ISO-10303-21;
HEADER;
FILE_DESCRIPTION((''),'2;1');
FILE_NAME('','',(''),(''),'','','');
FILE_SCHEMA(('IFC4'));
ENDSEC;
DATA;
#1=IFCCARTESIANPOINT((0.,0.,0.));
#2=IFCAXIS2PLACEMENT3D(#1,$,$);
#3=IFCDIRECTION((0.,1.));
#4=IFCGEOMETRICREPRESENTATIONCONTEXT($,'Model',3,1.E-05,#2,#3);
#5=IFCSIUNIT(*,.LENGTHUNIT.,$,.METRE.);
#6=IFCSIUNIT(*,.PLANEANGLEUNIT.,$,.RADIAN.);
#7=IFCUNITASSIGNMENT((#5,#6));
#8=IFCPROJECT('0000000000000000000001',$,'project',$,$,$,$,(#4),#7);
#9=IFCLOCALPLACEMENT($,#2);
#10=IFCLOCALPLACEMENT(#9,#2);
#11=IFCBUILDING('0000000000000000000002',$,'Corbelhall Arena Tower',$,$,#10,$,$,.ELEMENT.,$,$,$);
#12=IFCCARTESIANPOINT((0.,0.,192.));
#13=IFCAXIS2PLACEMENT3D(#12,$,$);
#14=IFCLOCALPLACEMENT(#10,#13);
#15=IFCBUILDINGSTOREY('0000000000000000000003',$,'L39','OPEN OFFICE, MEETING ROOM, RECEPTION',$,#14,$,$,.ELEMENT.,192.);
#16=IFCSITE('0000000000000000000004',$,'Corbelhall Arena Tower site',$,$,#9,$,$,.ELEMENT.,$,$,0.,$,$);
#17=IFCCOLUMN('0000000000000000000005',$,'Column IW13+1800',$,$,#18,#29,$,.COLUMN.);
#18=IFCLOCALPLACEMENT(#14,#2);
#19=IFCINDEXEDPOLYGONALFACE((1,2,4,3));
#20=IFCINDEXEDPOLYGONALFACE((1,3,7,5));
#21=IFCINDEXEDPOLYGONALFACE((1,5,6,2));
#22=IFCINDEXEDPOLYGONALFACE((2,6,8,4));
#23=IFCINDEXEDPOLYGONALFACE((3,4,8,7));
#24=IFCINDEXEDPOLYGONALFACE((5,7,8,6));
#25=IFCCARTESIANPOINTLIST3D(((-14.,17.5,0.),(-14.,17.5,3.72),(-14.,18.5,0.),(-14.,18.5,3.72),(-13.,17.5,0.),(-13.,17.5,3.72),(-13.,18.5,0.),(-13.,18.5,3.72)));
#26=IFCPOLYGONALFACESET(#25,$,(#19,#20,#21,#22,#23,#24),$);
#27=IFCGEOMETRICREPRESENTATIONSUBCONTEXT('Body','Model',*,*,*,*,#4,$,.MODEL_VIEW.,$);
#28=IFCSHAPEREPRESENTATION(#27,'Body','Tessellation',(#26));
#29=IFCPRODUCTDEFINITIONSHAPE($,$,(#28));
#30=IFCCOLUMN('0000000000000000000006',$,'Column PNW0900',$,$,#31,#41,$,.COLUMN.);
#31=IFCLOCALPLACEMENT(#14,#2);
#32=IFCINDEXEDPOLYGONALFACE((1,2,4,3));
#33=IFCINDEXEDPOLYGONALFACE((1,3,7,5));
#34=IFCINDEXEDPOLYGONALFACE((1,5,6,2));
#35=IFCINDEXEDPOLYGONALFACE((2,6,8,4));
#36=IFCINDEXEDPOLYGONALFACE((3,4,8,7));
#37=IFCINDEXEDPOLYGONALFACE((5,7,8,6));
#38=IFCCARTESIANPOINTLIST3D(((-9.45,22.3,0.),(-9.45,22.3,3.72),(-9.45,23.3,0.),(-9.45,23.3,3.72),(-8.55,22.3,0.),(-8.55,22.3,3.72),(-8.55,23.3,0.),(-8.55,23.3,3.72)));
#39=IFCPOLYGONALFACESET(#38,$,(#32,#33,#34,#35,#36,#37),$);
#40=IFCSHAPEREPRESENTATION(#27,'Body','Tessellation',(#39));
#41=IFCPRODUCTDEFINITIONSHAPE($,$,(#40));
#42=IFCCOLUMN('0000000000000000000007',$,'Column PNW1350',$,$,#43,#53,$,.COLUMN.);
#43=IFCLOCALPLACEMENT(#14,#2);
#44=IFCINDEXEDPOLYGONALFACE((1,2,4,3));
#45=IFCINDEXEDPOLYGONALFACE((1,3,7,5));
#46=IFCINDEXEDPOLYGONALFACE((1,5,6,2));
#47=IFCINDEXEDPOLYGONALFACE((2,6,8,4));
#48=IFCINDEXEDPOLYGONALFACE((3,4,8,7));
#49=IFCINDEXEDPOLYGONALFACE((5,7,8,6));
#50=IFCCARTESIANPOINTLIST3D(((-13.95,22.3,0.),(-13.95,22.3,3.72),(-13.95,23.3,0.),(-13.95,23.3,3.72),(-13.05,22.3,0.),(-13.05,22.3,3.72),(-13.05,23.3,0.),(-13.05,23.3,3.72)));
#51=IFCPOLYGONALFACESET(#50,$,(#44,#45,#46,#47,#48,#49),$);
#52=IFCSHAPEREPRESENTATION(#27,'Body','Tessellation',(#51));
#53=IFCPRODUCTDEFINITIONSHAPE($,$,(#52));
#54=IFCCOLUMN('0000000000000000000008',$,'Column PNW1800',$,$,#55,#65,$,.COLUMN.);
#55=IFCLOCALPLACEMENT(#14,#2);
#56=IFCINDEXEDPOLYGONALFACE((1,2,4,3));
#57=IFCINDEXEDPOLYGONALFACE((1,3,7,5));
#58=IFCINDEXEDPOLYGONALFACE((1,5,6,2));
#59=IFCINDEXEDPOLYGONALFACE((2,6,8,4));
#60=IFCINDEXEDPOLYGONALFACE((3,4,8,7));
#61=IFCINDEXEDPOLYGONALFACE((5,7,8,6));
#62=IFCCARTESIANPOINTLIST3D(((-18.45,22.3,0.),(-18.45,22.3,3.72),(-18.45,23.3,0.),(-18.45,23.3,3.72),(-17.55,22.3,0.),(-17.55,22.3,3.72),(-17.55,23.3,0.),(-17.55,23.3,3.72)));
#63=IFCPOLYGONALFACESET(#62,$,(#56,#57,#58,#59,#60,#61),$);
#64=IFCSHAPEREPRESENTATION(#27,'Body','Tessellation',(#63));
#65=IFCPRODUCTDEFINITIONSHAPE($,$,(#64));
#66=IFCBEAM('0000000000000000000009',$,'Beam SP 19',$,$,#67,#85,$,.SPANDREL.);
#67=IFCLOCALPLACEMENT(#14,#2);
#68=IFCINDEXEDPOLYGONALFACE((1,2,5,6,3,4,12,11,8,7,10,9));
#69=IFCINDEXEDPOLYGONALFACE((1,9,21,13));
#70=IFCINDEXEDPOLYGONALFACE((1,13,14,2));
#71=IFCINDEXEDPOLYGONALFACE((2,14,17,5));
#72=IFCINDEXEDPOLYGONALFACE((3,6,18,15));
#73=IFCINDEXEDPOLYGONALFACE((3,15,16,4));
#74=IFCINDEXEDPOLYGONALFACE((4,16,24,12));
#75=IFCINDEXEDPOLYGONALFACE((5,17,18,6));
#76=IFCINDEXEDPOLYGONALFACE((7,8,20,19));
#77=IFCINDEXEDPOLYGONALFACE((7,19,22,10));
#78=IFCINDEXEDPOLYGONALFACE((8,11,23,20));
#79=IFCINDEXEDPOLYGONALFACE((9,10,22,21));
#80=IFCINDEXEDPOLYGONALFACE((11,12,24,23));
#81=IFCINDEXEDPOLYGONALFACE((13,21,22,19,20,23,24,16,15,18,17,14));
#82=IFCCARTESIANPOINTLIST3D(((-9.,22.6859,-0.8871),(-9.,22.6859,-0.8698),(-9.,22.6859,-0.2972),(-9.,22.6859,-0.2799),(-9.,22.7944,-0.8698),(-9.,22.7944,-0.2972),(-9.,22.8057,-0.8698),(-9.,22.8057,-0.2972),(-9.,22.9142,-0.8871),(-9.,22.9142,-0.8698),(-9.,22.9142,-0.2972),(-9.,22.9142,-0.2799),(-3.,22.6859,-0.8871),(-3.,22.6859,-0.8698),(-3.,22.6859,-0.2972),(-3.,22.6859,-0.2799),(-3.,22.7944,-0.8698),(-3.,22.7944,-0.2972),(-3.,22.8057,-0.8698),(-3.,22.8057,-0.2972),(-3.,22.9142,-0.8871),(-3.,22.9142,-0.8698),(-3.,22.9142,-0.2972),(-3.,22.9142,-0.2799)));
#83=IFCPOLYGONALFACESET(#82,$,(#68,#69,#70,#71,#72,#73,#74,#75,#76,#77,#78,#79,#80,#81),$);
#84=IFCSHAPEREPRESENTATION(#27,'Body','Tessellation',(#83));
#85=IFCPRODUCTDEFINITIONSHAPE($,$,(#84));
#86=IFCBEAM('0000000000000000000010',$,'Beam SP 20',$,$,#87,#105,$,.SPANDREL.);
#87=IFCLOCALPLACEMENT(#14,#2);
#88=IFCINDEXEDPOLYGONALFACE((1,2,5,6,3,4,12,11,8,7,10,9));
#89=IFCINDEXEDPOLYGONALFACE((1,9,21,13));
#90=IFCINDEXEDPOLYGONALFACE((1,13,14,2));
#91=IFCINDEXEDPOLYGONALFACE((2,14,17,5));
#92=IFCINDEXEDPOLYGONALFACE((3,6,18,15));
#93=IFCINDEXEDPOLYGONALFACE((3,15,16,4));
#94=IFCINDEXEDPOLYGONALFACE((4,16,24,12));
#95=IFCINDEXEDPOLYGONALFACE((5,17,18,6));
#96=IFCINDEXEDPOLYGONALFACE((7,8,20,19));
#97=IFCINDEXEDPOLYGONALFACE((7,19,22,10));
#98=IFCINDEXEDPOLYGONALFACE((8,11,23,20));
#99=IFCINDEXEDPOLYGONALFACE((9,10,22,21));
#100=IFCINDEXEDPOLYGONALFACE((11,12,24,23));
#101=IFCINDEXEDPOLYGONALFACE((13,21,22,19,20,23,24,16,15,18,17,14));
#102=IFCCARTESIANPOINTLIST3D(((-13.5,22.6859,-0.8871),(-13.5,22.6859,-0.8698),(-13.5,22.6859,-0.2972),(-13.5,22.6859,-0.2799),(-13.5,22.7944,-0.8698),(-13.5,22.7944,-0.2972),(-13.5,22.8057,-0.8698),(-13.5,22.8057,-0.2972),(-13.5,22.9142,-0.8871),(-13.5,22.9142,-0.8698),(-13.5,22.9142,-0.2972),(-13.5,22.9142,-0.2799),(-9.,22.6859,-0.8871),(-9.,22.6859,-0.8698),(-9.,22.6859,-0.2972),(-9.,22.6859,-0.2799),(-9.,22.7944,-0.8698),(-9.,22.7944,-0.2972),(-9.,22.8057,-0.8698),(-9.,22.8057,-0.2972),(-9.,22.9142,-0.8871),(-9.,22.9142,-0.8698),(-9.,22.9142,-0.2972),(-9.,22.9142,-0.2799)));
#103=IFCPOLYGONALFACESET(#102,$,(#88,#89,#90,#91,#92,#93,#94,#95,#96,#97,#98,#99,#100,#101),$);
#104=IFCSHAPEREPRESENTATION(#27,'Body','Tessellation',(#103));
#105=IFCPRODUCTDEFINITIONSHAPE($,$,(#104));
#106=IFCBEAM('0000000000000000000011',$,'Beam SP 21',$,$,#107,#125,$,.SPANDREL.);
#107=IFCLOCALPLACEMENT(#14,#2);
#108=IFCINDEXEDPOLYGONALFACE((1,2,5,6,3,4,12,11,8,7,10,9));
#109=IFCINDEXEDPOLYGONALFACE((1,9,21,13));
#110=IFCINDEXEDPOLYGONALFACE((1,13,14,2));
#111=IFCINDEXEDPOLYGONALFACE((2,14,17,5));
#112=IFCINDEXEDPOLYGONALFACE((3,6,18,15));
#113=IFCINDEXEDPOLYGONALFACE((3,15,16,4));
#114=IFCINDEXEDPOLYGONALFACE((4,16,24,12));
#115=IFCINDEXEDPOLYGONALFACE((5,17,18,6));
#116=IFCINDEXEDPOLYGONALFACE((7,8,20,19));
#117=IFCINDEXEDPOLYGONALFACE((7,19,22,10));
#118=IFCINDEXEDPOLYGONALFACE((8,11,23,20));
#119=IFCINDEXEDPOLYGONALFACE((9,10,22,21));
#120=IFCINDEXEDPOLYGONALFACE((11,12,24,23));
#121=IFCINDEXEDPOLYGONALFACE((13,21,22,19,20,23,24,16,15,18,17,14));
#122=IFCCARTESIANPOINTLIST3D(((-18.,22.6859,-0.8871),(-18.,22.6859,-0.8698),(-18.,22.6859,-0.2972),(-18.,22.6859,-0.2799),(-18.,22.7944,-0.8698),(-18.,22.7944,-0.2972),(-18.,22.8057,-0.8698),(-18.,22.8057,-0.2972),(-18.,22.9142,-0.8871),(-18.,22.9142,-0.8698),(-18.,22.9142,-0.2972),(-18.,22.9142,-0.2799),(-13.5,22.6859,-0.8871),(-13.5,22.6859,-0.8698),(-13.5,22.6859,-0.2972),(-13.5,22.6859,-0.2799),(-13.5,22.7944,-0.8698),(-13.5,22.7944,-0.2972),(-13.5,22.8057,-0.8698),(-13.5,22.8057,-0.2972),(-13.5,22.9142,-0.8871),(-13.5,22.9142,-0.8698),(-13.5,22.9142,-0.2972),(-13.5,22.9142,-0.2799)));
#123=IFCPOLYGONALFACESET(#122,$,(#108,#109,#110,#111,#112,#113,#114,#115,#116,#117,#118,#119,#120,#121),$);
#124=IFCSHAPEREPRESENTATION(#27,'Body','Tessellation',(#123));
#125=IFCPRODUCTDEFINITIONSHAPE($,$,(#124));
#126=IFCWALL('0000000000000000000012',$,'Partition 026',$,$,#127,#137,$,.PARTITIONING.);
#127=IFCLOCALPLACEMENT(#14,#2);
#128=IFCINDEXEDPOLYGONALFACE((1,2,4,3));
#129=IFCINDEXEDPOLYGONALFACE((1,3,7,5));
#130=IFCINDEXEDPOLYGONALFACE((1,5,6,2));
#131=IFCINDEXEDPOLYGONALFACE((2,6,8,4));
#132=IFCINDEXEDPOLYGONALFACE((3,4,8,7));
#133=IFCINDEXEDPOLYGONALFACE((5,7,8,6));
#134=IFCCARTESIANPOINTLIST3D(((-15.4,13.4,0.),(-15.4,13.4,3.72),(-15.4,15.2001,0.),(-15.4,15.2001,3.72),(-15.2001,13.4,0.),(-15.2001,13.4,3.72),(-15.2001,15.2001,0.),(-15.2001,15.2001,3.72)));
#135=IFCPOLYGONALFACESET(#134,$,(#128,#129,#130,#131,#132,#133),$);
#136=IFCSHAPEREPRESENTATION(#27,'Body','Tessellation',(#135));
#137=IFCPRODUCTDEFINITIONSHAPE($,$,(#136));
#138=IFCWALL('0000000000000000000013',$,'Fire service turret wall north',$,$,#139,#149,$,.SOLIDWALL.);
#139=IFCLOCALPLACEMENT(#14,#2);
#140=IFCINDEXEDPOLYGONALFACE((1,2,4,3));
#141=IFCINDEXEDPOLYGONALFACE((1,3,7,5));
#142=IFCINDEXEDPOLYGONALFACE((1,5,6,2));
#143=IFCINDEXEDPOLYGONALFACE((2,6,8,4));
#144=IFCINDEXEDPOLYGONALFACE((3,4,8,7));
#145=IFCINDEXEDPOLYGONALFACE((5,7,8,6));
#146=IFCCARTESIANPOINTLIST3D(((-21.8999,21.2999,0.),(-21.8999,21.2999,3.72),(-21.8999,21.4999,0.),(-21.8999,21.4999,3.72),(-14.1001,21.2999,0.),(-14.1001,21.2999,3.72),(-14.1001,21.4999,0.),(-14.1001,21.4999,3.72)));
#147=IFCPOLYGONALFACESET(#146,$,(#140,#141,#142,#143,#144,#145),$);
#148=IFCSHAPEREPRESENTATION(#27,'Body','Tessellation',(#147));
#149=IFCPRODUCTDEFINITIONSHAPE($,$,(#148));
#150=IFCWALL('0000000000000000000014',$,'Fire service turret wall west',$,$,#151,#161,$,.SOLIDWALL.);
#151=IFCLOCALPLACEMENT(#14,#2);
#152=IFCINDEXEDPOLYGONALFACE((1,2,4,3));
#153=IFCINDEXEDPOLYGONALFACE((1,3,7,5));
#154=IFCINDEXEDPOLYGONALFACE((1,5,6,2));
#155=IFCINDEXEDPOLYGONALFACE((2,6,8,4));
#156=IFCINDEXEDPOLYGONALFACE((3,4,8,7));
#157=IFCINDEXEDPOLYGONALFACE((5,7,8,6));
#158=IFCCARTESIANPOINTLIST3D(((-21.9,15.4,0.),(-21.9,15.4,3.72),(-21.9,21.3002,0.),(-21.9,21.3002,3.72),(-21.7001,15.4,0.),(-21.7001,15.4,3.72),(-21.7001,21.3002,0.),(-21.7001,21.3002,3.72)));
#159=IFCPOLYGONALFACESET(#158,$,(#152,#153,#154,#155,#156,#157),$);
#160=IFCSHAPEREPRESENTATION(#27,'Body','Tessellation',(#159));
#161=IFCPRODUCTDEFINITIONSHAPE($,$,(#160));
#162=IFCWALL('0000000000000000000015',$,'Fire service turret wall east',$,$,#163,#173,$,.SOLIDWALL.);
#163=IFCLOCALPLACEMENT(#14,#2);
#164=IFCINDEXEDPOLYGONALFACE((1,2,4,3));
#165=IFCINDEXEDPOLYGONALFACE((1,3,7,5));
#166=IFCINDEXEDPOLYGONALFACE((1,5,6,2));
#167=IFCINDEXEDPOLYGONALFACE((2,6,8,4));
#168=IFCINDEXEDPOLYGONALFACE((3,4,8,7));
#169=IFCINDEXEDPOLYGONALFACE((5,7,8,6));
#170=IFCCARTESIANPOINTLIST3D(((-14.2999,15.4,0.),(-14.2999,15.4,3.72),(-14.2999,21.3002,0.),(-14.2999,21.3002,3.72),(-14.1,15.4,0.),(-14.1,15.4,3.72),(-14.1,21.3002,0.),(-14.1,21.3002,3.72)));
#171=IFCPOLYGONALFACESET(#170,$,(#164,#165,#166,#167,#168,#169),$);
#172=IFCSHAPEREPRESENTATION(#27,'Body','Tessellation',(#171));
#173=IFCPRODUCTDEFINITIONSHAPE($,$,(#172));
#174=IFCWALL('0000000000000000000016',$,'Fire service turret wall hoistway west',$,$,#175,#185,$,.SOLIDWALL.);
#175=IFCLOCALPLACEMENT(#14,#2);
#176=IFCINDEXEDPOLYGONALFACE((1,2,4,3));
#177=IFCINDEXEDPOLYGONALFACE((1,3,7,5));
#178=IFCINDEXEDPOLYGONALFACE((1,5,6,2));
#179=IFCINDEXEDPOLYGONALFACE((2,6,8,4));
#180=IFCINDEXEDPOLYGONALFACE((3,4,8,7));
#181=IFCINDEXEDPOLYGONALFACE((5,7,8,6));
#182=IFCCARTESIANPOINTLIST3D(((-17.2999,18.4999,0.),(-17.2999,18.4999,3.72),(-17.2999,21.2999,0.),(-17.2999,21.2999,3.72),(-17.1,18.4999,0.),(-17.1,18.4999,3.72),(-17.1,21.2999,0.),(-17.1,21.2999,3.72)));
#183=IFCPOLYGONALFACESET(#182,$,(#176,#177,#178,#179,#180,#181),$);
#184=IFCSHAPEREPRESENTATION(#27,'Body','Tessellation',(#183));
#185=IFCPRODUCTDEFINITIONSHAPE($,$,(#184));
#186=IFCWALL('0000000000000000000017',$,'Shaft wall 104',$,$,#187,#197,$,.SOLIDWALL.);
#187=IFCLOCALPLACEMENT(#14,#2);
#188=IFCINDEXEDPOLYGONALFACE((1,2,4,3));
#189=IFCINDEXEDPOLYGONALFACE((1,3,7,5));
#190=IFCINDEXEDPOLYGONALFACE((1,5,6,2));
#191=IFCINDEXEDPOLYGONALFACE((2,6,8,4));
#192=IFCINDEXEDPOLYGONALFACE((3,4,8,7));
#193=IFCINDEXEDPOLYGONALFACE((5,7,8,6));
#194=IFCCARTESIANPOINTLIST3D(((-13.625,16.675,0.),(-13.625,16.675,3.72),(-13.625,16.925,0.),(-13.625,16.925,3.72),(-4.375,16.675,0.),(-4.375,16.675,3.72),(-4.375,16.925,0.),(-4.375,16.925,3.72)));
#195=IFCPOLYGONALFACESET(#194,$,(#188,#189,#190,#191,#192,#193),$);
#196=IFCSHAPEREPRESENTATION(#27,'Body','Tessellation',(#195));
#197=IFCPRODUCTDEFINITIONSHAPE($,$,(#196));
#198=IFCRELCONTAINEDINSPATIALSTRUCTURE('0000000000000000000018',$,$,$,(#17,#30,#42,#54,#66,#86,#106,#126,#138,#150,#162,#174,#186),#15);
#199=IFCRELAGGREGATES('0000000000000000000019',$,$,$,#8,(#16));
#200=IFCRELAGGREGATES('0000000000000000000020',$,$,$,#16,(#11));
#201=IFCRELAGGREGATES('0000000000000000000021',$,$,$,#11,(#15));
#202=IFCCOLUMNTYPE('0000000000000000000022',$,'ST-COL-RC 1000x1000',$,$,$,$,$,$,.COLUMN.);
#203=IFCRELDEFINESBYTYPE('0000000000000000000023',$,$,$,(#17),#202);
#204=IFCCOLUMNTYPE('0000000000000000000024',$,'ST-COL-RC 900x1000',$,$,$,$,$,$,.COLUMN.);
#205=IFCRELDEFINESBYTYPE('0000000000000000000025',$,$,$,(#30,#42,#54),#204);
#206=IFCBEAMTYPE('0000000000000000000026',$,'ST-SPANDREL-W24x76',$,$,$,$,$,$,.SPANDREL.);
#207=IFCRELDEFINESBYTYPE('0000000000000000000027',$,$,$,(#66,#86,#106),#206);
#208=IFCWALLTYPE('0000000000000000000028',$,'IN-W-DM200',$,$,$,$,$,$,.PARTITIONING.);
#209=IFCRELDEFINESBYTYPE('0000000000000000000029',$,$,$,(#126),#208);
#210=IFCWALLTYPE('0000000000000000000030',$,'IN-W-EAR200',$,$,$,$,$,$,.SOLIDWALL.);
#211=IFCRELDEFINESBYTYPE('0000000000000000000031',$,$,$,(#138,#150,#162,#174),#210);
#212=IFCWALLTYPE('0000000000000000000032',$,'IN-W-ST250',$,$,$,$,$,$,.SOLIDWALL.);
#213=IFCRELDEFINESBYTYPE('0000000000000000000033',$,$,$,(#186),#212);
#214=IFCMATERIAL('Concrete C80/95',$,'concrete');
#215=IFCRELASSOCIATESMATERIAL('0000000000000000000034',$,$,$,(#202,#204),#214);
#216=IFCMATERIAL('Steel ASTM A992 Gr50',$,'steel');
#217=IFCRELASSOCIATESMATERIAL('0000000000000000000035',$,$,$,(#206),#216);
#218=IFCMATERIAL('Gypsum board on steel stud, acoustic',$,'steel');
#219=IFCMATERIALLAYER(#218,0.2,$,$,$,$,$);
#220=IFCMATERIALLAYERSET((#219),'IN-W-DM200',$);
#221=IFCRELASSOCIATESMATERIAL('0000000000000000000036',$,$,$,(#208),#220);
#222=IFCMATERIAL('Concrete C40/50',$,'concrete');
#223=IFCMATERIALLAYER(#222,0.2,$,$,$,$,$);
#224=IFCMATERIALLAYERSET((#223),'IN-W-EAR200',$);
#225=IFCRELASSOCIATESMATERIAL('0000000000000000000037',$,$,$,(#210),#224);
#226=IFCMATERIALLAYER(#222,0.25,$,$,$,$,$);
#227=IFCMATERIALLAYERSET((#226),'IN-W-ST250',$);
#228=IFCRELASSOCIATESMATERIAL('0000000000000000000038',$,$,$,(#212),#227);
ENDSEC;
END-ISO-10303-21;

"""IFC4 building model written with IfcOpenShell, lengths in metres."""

from ifc_helpers import new_model, si_unit, direction, frame, frame_2d, origin, origin_2d, place, context, subcontext, project, spatial, rectangle, i_section, extrude, material, layer, layer_set, material_profile, profile_set, type_object, element, save


model = new_model("IFC4")

# Units and contexts
model_context = context("Model", 3, precision=1e-05, world=origin(), true_north=direction((0.0, 1.0)))
body_context = subcontext(model_context, "Body", "Model", "MODEL_VIEW")
ifc_project = project(units=[si_unit("LENGTHUNIT", "METRE"), si_unit("PLANEANGLEUNIT", "RADIAN")], contexts=[model_context])

# Site, building, storey
site_placement = place(None, origin())
site = spatial("IfcSite", under=ifc_project, at=site_placement, Name="Corbelhall Arena Tower site", CompositionType="ELEMENT", RefElevation=0.0)
building_placement = place(site_placement, origin())
building = spatial("IfcBuilding", under=site, at=building_placement, Name="Corbelhall Arena Tower", CompositionType="ELEMENT")
storey_placement = place(building_placement, frame((0.0, 0.0, 192.0)))
storey = spatial("IfcBuildingStorey", under=building, at=storey_placement, Name="L39", Description="OPEN OFFICE, MEETING ROOM, RECEPTION", CompositionType="ELEMENT", Elevation=192.0)

# Columns
ifc_material_1 = material(Name="Concrete C80/95", Category="concrete")
ifc_material_profile_1 = material_profile(ifc_material_1, rectangle(XDim=1.0, YDim=1.0, at=origin_2d()))
ifc_profile_set_1 = profile_set([ifc_material_profile_1], Name="Concrete C80/95")
column_type_1 = type_object("IfcColumnType", Name="ST-COL-RC 1000x1000", PredefinedType="COLUMN", material=ifc_profile_set_1)
column_placement = place(storey_placement, frame((-13.5, 18.0, 0.0), z_axis=(0.0, 0.0, 1.0), x_axis=(1.0, 0.0, 0.0)))
element("IfcColumn", 1, at=column_placement, inside=storey, type_object=column_type_1, Name="Column IW13+1800", PredefinedType="COLUMN", context=body_context, shape_type="SweptSolid", body=[
    extrude(rectangle(XDim=1.0, YDim=1.0, at=origin_2d()), origin(), (0.0, 0.0, 1.0), 3.72),
])
ifc_material_profile_2 = material_profile(ifc_material_1, rectangle(XDim=0.8999, YDim=1.0, at=origin_2d()))
ifc_profile_set_2 = profile_set([ifc_material_profile_2], Name="Concrete C80/95")
column_type_2 = type_object("IfcColumnType", Name="ST-COL-RC 900x1000", PredefinedType="COLUMN", material=ifc_profile_set_2)
for number, where, z_axis, x_axis, name in (
    (2, (-9.0, 22.8, 0.0), (0.0, 0.0, 1.0), (1.0, 0.0, 0.0), "Column PNW0900"),
    (3, (-13.5, 22.8, 0.0), (0.0, 0.0, 1.0), (1.0, 0.0, 0.0), "Column PNW1350"),
    (4, (-18.0, 22.8, 0.0), (0.0, 0.0, 1.0), (1.0, 0.0, 0.0), "Column PNW1800"),
):
    element("IfcColumn", number, at=place(storey_placement, frame(where, z_axis=z_axis, x_axis=x_axis)), inside=storey, type_object=column_type_2, Name=name, PredefinedType="COLUMN", context=body_context, shape_type="SweptSolid", body=[
        extrude(rectangle(XDim=0.8999, YDim=1.0, at=origin_2d()), origin(), (0.0, 0.0, 1.0), 3.72),
    ])

# Beams
ifc_material_2 = material(Name="Steel ASTM A992 Gr50", Category="steel")
ifc_material_profile_3 = material_profile(ifc_material_2, i_section(OverallWidth=0.2283, OverallDepth=0.6072, WebThickness=0.0112, FlangeThickness=0.0173, at=origin_2d()))
ifc_profile_set_3 = profile_set([ifc_material_profile_3], Name="Steel ASTM A992 Gr50")
beam_type = type_object("IfcBeamType", Name="ST-SPANDREL-W24x76", PredefinedType="SPANDREL", material=ifc_profile_set_3)
beam_placement = place(storey_placement, frame((-9.0, 22.8, -0.5835), z_axis=(1.0, 0.0, 0.0), x_axis=(0.0, 1.0, 0.0)))
element("IfcBeam", 5, at=beam_placement, inside=storey, type_object=beam_type, Name="Beam SP 19", PredefinedType="SPANDREL", context=body_context, shape_type="SweptSolid", body=[
    extrude(i_section(OverallWidth=0.2283, OverallDepth=0.6072, WebThickness=0.0112, FlangeThickness=0.0173, at=origin_2d()), origin(), (0.0, 0.0, 1.0), 6.0),
])
for number, where, z_axis, x_axis, name in (
    (6, (-13.5, 22.8, -0.5835), (1.0, 0.0, 0.0), (0.0, 1.0, 0.0), "Beam SP 20"),
    (7, (-18.0, 22.8, -0.5835), (1.0, 0.0, 0.0), (0.0, 1.0, 0.0), "Beam SP 21"),
):
    element("IfcBeam", number, at=place(storey_placement, frame(where, z_axis=z_axis, x_axis=x_axis)), inside=storey, type_object=beam_type, Name=name, PredefinedType="SPANDREL", context=body_context, shape_type="SweptSolid", body=[
        extrude(i_section(OverallWidth=0.2283, OverallDepth=0.6072, WebThickness=0.0112, FlangeThickness=0.0173, at=origin_2d()), origin(), (0.0, 0.0, 1.0), 4.5),
    ])

# Wall
ifc_material_3 = material(Name="Gypsum board on steel stud, acoustic", Category="steel")
ifc_layer_1 = layer(ifc_material_3, 0.2)
ifc_layer_set_1 = layer_set([ifc_layer_1], Name="IN-W-DM200")
wall_type_1 = type_object("IfcWallType", Name="IN-W-DM200", PredefinedType="PARTITIONING", material=ifc_layer_set_1)
wall_1_placement = place(storey_placement, frame((-15.3, 15.2, 0.0), z_axis=(0.0, 0.0, 1.0), x_axis=(0.0, -1.0, 0.0)))
element("IfcWall", 8, at=wall_1_placement, inside=storey, type_object=wall_type_1, Name="Partition 026", PredefinedType="PARTITIONING", context=body_context, shape_type="SweptSolid", body=[
    extrude(rectangle(XDim=1.8, YDim=0.2, at=frame_2d((0.8999, 0.0))), origin(), (0.0, 0.0, 1.0), 3.72),
])

# Shared definitions
ifc_material_4 = material(Name="Concrete C40/50", Category="concrete")
ifc_layer_2 = layer(ifc_material_4, 0.2)
ifc_layer_set_2 = layer_set([ifc_layer_2], Name="IN-W-EAR200")
wall_type_2 = type_object("IfcWallType", Name="IN-W-EAR200", PredefinedType="SOLIDWALL", material=ifc_layer_set_2)

# Walls
wall_2_placement = place(storey_placement, frame((-21.8999, 21.3999, 0.0), z_axis=(0.0, 0.0, 1.0), x_axis=(1.0, 0.0, 0.0)))
element("IfcWall", 9, at=wall_2_placement, inside=storey, type_object=wall_type_2, Name="Fire service turret wall north", PredefinedType="SOLIDWALL", context=body_context, shape_type="SweptSolid", body=[
    extrude(rectangle(XDim=7.7998, YDim=0.2, at=frame_2d((3.8999, 0.0))), origin(), (0.0, 0.0, 1.0), 3.72),
])
for number, where, z_axis, x_axis, name in (
    (10, (-21.8, 15.3999, 0.0), (0.0, 0.0, 1.0), (0.0, 1.0, 0.0), "Fire service turret wall west"),
    (11, (-14.2, 15.3999, 0.0), (0.0, 0.0, 1.0), (0.0, 1.0, 0.0), "Fire service turret wall east"),
):
    element("IfcWall", number, at=place(storey_placement, frame(where, z_axis=z_axis, x_axis=x_axis)), inside=storey, type_object=wall_type_2, Name=name, PredefinedType="SOLIDWALL", context=body_context, shape_type="SweptSolid", body=[
        extrude(rectangle(XDim=5.9001, YDim=0.2, at=frame_2d((2.9502, 0.0))), origin(), (0.0, 0.0, 1.0), 3.72),
    ])

# Wall
wall_3_placement = place(storey_placement, frame((-17.2, 18.5, 0.0), z_axis=(0.0, 0.0, 1.0), x_axis=(0.0, 1.0, 0.0)))
element("IfcWall", 12, at=wall_3_placement, inside=storey, type_object=wall_type_2, Name="Fire service turret wall hoistway west", PredefinedType="SOLIDWALL", context=body_context, shape_type="SweptSolid", body=[
    extrude(rectangle(XDim=2.8, YDim=0.2, at=frame_2d((1.3999, 0.0))), origin(), (0.0, 0.0, 1.0), 3.72),
])

# Wall
ifc_layer_3 = layer(ifc_material_4, 0.25)
ifc_layer_set_3 = layer_set([ifc_layer_3], Name="IN-W-ST250")
wall_type_3 = type_object("IfcWallType", Name="IN-W-ST250", PredefinedType="SOLIDWALL", material=ifc_layer_set_3)
wall_4_placement = place(storey_placement, frame((-13.625, 16.8, 0.0), z_axis=(0.0, 0.0, 1.0), x_axis=(1.0, 0.0, 0.0)))
element("IfcWall", 13, at=wall_4_placement, inside=storey, type_object=wall_type_3, Name="Shaft wall 104", PredefinedType="SOLIDWALL", context=body_context, shape_type="SweptSolid", body=[
    extrude(rectangle(XDim=9.25, YDim=0.25, at=frame_2d((4.625, 0.0))), origin(), (0.0, 0.0, 1.0), 3.72),
])

save(model, "model.ifc")
